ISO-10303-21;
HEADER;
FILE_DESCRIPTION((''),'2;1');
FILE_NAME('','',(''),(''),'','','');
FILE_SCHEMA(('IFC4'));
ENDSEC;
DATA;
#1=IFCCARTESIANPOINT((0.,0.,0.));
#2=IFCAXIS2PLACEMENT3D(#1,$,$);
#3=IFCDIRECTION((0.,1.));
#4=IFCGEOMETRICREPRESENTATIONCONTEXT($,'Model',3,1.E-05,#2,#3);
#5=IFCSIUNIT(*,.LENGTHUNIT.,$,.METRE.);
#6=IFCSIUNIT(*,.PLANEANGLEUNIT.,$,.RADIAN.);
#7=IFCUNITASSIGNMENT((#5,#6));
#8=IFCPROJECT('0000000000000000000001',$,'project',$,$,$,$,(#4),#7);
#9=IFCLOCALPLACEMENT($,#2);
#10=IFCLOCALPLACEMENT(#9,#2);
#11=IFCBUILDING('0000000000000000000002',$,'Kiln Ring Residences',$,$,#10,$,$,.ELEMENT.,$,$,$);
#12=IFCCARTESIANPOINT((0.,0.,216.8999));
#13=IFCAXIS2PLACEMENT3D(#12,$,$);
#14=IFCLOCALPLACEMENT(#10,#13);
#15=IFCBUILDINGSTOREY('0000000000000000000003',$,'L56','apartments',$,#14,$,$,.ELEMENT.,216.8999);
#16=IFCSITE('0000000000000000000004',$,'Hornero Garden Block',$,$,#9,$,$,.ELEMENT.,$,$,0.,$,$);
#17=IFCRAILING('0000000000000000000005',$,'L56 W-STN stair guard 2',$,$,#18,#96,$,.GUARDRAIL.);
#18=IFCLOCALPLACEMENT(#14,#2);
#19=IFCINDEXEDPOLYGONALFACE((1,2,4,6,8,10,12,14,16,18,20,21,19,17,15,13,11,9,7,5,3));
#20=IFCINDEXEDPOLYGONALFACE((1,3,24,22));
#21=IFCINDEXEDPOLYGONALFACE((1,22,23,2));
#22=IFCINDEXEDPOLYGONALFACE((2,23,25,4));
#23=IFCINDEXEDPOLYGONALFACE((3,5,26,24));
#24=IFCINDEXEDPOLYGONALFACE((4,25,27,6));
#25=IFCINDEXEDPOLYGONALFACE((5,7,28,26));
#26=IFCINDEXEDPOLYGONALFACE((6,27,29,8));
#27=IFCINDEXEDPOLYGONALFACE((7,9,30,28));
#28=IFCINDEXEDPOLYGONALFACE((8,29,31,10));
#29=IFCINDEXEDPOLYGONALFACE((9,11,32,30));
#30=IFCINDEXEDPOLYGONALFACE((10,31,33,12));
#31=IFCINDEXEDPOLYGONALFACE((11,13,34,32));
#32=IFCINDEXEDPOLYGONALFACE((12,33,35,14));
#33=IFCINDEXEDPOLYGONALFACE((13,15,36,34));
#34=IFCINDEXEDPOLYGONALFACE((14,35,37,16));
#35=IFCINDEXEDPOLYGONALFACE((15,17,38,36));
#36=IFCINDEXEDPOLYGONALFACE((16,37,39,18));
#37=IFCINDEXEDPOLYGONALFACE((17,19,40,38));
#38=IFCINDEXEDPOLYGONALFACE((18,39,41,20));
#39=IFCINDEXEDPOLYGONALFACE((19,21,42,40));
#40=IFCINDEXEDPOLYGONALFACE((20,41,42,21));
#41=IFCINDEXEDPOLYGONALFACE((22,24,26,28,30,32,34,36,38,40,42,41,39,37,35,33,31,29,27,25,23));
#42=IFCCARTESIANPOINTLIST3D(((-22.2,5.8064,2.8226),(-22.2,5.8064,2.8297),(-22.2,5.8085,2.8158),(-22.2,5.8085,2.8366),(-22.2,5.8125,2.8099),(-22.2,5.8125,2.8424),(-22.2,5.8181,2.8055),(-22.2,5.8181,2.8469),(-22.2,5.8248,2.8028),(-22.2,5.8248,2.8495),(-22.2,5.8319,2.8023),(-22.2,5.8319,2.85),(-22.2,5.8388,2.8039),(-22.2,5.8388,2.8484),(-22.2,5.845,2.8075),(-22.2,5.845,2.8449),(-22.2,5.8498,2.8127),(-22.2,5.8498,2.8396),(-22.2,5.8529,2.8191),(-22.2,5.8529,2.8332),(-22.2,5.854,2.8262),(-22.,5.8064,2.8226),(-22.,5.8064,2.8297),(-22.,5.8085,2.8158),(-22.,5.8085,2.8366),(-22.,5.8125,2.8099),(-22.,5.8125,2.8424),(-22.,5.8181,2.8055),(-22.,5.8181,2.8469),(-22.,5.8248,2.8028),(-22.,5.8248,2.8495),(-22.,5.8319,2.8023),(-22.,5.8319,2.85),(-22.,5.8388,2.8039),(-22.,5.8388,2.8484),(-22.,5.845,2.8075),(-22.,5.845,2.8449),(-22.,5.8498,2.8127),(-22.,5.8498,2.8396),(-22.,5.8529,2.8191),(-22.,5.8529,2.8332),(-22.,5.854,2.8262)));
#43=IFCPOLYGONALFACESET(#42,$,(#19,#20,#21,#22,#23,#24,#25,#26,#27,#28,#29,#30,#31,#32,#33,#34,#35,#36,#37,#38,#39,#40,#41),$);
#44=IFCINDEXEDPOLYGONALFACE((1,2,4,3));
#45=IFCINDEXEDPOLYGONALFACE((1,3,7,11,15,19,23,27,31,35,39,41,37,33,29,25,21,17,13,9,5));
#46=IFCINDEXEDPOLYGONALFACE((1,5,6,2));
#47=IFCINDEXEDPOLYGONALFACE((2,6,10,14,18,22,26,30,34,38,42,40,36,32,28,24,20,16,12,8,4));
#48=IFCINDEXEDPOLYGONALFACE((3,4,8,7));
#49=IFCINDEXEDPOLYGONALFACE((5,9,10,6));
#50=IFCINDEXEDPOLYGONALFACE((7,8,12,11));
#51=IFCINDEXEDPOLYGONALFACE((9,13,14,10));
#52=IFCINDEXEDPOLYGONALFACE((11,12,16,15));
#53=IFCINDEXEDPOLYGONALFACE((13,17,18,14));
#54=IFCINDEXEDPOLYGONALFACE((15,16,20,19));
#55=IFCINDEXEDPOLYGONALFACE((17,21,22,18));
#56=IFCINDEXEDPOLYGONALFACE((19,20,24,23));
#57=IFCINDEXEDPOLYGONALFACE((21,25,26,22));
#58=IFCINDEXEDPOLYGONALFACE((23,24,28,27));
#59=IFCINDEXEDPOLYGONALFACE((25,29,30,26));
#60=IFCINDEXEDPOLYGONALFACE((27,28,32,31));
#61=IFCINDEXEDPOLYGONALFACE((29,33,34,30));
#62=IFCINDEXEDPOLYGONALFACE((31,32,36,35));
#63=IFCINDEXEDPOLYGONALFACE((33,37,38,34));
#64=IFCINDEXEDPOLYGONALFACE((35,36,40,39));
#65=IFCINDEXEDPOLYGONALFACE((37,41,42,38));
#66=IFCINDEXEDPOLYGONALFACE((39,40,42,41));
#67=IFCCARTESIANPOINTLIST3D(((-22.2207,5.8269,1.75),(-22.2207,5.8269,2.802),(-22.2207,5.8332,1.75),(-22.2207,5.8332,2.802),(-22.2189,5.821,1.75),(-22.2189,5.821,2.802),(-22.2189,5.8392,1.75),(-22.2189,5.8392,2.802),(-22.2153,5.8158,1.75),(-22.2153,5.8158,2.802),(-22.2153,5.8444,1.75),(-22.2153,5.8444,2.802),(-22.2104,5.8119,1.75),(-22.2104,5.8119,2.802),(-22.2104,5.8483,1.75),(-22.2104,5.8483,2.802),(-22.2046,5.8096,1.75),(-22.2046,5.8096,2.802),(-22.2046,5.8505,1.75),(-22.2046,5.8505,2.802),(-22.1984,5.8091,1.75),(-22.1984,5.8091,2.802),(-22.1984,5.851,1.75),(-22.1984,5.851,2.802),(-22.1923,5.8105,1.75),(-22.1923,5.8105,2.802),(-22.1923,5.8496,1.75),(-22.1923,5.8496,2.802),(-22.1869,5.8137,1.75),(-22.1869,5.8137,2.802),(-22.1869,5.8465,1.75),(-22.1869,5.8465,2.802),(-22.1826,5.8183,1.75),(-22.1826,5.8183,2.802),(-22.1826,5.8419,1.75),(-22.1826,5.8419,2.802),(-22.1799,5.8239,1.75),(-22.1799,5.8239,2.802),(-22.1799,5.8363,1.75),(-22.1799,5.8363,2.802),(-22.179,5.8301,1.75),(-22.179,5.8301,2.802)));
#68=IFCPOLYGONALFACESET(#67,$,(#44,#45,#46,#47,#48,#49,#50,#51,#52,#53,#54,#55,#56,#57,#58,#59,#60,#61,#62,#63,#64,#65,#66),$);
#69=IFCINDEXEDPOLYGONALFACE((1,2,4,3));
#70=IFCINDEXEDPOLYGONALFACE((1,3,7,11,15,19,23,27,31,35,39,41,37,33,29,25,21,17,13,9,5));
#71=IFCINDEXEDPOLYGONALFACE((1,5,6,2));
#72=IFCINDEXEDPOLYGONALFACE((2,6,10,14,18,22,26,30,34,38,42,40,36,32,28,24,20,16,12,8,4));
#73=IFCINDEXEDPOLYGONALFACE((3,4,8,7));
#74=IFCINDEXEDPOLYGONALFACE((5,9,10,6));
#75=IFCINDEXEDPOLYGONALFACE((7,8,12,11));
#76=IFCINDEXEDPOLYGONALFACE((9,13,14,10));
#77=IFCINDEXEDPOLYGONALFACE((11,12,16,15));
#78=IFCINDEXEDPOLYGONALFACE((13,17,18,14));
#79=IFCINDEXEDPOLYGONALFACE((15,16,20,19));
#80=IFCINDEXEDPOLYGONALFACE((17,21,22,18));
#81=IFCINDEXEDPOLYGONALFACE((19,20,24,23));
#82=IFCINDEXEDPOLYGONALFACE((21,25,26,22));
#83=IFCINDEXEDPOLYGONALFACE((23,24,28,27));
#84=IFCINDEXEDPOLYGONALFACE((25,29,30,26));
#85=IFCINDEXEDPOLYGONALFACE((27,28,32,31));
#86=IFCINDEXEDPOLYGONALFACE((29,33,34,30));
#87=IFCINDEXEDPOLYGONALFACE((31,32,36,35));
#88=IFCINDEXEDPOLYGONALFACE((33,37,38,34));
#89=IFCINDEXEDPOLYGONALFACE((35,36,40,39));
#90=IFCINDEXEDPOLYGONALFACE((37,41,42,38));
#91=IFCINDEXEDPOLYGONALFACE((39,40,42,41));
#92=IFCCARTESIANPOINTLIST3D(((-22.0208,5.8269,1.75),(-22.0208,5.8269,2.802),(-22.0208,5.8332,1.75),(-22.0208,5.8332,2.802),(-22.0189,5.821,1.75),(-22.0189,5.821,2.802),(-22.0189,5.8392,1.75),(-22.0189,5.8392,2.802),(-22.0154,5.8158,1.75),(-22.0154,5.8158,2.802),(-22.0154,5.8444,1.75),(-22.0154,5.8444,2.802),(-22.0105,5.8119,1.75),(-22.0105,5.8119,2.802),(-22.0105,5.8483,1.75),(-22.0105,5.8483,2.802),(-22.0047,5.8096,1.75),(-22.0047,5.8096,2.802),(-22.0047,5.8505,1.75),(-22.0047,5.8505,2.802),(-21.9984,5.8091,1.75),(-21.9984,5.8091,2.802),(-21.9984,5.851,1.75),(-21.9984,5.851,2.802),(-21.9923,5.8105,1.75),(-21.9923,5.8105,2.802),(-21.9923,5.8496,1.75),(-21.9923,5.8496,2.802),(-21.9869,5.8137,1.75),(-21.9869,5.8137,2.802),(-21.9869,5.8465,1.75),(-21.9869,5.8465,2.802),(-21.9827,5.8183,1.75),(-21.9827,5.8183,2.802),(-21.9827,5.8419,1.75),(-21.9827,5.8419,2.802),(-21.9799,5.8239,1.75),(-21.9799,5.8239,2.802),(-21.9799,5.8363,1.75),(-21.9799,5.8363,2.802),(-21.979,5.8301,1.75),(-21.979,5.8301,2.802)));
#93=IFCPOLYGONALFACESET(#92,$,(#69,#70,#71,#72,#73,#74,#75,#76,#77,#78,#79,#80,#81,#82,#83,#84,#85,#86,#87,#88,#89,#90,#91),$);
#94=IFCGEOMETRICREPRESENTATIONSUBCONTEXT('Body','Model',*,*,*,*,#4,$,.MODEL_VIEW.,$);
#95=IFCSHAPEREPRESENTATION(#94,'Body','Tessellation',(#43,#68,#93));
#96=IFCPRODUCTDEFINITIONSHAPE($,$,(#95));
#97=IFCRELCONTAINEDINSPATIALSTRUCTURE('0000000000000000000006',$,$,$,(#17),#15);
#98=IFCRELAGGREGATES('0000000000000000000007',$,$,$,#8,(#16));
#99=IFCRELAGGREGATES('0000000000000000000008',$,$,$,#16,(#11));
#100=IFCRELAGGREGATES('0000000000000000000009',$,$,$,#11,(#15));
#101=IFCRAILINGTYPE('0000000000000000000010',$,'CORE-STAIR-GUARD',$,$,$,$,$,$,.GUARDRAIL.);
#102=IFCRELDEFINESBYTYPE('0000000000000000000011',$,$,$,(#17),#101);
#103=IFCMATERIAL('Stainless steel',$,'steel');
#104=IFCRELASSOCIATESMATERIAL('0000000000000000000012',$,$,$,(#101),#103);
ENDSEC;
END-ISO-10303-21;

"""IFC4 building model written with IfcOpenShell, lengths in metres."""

from ifc_helpers import new_model, si_unit, direction, frame, origin, origin_2d, place, context, subcontext, project, spatial, circle, extrude, material, type_object, element, save


model = new_model("IFC4")

# Units and contexts
model_context = context("Model", 3, precision=1e-05, world=origin(), true_north=direction((0.0, 1.0)))
body_context = subcontext(model_context, "Body", "Model", "MODEL_VIEW")
ifc_project = project(units=[si_unit("LENGTHUNIT", "METRE"), si_unit("PLANEANGLEUNIT", "RADIAN")], contexts=[model_context])

# Site, building, storey
site_placement = place(None, origin())
site = spatial("IfcSite", under=ifc_project, at=site_placement, Name="Hornero Garden Block", CompositionType="ELEMENT", RefElevation=0.0)
building_placement = place(site_placement, origin())
building = spatial("IfcBuilding", under=site, at=building_placement, Name="Kiln Ring Residences", CompositionType="ELEMENT")
storey_placement = place(building_placement, frame((0.0, 0.0, 216.8999)))
storey = spatial("IfcBuildingStorey", under=building, at=storey_placement, Name="L56", Description="apartments", CompositionType="ELEMENT", Elevation=216.8999)

# Railing
ifc_material_1 = material(Name="Stainless steel", Category="steel")
railing_type_1 = type_object("IfcRailingType", Name="CORE-STAIR-GUARD", PredefinedType="GUARDRAIL", material=ifc_material_1)
railing_1_placement = place(storey_placement, frame((-22.2, 5.8301, 1.75)))
element("IfcRailing", 1, at=railing_1_placement, inside=storey, type_object=railing_type_1, Name="L56 W-STN stair guard 2", PredefinedType="GUARDRAIL", context=body_context, shape_type="SweptSolid", body=[
    extrude(circle(Radius=0.0239, at=origin_2d()), frame((0.0, 0.0, 1.0762), z_axis=(1.0, 0.0, 0.0), x_axis=(0.0, 1.0, 0.0)), (0.0, 0.0, 1.0), 0.2),
    extrude(circle(Radius=0.021, at=origin_2d()), origin(), (0.0, 0.0, 1.0), 1.052),
    extrude(circle(Radius=0.021, at=origin_2d()), frame((0.2, 0.0, 0.0)), (0.0, 0.0, 1.0), 1.052),
])

save(model, "model.ifc")
